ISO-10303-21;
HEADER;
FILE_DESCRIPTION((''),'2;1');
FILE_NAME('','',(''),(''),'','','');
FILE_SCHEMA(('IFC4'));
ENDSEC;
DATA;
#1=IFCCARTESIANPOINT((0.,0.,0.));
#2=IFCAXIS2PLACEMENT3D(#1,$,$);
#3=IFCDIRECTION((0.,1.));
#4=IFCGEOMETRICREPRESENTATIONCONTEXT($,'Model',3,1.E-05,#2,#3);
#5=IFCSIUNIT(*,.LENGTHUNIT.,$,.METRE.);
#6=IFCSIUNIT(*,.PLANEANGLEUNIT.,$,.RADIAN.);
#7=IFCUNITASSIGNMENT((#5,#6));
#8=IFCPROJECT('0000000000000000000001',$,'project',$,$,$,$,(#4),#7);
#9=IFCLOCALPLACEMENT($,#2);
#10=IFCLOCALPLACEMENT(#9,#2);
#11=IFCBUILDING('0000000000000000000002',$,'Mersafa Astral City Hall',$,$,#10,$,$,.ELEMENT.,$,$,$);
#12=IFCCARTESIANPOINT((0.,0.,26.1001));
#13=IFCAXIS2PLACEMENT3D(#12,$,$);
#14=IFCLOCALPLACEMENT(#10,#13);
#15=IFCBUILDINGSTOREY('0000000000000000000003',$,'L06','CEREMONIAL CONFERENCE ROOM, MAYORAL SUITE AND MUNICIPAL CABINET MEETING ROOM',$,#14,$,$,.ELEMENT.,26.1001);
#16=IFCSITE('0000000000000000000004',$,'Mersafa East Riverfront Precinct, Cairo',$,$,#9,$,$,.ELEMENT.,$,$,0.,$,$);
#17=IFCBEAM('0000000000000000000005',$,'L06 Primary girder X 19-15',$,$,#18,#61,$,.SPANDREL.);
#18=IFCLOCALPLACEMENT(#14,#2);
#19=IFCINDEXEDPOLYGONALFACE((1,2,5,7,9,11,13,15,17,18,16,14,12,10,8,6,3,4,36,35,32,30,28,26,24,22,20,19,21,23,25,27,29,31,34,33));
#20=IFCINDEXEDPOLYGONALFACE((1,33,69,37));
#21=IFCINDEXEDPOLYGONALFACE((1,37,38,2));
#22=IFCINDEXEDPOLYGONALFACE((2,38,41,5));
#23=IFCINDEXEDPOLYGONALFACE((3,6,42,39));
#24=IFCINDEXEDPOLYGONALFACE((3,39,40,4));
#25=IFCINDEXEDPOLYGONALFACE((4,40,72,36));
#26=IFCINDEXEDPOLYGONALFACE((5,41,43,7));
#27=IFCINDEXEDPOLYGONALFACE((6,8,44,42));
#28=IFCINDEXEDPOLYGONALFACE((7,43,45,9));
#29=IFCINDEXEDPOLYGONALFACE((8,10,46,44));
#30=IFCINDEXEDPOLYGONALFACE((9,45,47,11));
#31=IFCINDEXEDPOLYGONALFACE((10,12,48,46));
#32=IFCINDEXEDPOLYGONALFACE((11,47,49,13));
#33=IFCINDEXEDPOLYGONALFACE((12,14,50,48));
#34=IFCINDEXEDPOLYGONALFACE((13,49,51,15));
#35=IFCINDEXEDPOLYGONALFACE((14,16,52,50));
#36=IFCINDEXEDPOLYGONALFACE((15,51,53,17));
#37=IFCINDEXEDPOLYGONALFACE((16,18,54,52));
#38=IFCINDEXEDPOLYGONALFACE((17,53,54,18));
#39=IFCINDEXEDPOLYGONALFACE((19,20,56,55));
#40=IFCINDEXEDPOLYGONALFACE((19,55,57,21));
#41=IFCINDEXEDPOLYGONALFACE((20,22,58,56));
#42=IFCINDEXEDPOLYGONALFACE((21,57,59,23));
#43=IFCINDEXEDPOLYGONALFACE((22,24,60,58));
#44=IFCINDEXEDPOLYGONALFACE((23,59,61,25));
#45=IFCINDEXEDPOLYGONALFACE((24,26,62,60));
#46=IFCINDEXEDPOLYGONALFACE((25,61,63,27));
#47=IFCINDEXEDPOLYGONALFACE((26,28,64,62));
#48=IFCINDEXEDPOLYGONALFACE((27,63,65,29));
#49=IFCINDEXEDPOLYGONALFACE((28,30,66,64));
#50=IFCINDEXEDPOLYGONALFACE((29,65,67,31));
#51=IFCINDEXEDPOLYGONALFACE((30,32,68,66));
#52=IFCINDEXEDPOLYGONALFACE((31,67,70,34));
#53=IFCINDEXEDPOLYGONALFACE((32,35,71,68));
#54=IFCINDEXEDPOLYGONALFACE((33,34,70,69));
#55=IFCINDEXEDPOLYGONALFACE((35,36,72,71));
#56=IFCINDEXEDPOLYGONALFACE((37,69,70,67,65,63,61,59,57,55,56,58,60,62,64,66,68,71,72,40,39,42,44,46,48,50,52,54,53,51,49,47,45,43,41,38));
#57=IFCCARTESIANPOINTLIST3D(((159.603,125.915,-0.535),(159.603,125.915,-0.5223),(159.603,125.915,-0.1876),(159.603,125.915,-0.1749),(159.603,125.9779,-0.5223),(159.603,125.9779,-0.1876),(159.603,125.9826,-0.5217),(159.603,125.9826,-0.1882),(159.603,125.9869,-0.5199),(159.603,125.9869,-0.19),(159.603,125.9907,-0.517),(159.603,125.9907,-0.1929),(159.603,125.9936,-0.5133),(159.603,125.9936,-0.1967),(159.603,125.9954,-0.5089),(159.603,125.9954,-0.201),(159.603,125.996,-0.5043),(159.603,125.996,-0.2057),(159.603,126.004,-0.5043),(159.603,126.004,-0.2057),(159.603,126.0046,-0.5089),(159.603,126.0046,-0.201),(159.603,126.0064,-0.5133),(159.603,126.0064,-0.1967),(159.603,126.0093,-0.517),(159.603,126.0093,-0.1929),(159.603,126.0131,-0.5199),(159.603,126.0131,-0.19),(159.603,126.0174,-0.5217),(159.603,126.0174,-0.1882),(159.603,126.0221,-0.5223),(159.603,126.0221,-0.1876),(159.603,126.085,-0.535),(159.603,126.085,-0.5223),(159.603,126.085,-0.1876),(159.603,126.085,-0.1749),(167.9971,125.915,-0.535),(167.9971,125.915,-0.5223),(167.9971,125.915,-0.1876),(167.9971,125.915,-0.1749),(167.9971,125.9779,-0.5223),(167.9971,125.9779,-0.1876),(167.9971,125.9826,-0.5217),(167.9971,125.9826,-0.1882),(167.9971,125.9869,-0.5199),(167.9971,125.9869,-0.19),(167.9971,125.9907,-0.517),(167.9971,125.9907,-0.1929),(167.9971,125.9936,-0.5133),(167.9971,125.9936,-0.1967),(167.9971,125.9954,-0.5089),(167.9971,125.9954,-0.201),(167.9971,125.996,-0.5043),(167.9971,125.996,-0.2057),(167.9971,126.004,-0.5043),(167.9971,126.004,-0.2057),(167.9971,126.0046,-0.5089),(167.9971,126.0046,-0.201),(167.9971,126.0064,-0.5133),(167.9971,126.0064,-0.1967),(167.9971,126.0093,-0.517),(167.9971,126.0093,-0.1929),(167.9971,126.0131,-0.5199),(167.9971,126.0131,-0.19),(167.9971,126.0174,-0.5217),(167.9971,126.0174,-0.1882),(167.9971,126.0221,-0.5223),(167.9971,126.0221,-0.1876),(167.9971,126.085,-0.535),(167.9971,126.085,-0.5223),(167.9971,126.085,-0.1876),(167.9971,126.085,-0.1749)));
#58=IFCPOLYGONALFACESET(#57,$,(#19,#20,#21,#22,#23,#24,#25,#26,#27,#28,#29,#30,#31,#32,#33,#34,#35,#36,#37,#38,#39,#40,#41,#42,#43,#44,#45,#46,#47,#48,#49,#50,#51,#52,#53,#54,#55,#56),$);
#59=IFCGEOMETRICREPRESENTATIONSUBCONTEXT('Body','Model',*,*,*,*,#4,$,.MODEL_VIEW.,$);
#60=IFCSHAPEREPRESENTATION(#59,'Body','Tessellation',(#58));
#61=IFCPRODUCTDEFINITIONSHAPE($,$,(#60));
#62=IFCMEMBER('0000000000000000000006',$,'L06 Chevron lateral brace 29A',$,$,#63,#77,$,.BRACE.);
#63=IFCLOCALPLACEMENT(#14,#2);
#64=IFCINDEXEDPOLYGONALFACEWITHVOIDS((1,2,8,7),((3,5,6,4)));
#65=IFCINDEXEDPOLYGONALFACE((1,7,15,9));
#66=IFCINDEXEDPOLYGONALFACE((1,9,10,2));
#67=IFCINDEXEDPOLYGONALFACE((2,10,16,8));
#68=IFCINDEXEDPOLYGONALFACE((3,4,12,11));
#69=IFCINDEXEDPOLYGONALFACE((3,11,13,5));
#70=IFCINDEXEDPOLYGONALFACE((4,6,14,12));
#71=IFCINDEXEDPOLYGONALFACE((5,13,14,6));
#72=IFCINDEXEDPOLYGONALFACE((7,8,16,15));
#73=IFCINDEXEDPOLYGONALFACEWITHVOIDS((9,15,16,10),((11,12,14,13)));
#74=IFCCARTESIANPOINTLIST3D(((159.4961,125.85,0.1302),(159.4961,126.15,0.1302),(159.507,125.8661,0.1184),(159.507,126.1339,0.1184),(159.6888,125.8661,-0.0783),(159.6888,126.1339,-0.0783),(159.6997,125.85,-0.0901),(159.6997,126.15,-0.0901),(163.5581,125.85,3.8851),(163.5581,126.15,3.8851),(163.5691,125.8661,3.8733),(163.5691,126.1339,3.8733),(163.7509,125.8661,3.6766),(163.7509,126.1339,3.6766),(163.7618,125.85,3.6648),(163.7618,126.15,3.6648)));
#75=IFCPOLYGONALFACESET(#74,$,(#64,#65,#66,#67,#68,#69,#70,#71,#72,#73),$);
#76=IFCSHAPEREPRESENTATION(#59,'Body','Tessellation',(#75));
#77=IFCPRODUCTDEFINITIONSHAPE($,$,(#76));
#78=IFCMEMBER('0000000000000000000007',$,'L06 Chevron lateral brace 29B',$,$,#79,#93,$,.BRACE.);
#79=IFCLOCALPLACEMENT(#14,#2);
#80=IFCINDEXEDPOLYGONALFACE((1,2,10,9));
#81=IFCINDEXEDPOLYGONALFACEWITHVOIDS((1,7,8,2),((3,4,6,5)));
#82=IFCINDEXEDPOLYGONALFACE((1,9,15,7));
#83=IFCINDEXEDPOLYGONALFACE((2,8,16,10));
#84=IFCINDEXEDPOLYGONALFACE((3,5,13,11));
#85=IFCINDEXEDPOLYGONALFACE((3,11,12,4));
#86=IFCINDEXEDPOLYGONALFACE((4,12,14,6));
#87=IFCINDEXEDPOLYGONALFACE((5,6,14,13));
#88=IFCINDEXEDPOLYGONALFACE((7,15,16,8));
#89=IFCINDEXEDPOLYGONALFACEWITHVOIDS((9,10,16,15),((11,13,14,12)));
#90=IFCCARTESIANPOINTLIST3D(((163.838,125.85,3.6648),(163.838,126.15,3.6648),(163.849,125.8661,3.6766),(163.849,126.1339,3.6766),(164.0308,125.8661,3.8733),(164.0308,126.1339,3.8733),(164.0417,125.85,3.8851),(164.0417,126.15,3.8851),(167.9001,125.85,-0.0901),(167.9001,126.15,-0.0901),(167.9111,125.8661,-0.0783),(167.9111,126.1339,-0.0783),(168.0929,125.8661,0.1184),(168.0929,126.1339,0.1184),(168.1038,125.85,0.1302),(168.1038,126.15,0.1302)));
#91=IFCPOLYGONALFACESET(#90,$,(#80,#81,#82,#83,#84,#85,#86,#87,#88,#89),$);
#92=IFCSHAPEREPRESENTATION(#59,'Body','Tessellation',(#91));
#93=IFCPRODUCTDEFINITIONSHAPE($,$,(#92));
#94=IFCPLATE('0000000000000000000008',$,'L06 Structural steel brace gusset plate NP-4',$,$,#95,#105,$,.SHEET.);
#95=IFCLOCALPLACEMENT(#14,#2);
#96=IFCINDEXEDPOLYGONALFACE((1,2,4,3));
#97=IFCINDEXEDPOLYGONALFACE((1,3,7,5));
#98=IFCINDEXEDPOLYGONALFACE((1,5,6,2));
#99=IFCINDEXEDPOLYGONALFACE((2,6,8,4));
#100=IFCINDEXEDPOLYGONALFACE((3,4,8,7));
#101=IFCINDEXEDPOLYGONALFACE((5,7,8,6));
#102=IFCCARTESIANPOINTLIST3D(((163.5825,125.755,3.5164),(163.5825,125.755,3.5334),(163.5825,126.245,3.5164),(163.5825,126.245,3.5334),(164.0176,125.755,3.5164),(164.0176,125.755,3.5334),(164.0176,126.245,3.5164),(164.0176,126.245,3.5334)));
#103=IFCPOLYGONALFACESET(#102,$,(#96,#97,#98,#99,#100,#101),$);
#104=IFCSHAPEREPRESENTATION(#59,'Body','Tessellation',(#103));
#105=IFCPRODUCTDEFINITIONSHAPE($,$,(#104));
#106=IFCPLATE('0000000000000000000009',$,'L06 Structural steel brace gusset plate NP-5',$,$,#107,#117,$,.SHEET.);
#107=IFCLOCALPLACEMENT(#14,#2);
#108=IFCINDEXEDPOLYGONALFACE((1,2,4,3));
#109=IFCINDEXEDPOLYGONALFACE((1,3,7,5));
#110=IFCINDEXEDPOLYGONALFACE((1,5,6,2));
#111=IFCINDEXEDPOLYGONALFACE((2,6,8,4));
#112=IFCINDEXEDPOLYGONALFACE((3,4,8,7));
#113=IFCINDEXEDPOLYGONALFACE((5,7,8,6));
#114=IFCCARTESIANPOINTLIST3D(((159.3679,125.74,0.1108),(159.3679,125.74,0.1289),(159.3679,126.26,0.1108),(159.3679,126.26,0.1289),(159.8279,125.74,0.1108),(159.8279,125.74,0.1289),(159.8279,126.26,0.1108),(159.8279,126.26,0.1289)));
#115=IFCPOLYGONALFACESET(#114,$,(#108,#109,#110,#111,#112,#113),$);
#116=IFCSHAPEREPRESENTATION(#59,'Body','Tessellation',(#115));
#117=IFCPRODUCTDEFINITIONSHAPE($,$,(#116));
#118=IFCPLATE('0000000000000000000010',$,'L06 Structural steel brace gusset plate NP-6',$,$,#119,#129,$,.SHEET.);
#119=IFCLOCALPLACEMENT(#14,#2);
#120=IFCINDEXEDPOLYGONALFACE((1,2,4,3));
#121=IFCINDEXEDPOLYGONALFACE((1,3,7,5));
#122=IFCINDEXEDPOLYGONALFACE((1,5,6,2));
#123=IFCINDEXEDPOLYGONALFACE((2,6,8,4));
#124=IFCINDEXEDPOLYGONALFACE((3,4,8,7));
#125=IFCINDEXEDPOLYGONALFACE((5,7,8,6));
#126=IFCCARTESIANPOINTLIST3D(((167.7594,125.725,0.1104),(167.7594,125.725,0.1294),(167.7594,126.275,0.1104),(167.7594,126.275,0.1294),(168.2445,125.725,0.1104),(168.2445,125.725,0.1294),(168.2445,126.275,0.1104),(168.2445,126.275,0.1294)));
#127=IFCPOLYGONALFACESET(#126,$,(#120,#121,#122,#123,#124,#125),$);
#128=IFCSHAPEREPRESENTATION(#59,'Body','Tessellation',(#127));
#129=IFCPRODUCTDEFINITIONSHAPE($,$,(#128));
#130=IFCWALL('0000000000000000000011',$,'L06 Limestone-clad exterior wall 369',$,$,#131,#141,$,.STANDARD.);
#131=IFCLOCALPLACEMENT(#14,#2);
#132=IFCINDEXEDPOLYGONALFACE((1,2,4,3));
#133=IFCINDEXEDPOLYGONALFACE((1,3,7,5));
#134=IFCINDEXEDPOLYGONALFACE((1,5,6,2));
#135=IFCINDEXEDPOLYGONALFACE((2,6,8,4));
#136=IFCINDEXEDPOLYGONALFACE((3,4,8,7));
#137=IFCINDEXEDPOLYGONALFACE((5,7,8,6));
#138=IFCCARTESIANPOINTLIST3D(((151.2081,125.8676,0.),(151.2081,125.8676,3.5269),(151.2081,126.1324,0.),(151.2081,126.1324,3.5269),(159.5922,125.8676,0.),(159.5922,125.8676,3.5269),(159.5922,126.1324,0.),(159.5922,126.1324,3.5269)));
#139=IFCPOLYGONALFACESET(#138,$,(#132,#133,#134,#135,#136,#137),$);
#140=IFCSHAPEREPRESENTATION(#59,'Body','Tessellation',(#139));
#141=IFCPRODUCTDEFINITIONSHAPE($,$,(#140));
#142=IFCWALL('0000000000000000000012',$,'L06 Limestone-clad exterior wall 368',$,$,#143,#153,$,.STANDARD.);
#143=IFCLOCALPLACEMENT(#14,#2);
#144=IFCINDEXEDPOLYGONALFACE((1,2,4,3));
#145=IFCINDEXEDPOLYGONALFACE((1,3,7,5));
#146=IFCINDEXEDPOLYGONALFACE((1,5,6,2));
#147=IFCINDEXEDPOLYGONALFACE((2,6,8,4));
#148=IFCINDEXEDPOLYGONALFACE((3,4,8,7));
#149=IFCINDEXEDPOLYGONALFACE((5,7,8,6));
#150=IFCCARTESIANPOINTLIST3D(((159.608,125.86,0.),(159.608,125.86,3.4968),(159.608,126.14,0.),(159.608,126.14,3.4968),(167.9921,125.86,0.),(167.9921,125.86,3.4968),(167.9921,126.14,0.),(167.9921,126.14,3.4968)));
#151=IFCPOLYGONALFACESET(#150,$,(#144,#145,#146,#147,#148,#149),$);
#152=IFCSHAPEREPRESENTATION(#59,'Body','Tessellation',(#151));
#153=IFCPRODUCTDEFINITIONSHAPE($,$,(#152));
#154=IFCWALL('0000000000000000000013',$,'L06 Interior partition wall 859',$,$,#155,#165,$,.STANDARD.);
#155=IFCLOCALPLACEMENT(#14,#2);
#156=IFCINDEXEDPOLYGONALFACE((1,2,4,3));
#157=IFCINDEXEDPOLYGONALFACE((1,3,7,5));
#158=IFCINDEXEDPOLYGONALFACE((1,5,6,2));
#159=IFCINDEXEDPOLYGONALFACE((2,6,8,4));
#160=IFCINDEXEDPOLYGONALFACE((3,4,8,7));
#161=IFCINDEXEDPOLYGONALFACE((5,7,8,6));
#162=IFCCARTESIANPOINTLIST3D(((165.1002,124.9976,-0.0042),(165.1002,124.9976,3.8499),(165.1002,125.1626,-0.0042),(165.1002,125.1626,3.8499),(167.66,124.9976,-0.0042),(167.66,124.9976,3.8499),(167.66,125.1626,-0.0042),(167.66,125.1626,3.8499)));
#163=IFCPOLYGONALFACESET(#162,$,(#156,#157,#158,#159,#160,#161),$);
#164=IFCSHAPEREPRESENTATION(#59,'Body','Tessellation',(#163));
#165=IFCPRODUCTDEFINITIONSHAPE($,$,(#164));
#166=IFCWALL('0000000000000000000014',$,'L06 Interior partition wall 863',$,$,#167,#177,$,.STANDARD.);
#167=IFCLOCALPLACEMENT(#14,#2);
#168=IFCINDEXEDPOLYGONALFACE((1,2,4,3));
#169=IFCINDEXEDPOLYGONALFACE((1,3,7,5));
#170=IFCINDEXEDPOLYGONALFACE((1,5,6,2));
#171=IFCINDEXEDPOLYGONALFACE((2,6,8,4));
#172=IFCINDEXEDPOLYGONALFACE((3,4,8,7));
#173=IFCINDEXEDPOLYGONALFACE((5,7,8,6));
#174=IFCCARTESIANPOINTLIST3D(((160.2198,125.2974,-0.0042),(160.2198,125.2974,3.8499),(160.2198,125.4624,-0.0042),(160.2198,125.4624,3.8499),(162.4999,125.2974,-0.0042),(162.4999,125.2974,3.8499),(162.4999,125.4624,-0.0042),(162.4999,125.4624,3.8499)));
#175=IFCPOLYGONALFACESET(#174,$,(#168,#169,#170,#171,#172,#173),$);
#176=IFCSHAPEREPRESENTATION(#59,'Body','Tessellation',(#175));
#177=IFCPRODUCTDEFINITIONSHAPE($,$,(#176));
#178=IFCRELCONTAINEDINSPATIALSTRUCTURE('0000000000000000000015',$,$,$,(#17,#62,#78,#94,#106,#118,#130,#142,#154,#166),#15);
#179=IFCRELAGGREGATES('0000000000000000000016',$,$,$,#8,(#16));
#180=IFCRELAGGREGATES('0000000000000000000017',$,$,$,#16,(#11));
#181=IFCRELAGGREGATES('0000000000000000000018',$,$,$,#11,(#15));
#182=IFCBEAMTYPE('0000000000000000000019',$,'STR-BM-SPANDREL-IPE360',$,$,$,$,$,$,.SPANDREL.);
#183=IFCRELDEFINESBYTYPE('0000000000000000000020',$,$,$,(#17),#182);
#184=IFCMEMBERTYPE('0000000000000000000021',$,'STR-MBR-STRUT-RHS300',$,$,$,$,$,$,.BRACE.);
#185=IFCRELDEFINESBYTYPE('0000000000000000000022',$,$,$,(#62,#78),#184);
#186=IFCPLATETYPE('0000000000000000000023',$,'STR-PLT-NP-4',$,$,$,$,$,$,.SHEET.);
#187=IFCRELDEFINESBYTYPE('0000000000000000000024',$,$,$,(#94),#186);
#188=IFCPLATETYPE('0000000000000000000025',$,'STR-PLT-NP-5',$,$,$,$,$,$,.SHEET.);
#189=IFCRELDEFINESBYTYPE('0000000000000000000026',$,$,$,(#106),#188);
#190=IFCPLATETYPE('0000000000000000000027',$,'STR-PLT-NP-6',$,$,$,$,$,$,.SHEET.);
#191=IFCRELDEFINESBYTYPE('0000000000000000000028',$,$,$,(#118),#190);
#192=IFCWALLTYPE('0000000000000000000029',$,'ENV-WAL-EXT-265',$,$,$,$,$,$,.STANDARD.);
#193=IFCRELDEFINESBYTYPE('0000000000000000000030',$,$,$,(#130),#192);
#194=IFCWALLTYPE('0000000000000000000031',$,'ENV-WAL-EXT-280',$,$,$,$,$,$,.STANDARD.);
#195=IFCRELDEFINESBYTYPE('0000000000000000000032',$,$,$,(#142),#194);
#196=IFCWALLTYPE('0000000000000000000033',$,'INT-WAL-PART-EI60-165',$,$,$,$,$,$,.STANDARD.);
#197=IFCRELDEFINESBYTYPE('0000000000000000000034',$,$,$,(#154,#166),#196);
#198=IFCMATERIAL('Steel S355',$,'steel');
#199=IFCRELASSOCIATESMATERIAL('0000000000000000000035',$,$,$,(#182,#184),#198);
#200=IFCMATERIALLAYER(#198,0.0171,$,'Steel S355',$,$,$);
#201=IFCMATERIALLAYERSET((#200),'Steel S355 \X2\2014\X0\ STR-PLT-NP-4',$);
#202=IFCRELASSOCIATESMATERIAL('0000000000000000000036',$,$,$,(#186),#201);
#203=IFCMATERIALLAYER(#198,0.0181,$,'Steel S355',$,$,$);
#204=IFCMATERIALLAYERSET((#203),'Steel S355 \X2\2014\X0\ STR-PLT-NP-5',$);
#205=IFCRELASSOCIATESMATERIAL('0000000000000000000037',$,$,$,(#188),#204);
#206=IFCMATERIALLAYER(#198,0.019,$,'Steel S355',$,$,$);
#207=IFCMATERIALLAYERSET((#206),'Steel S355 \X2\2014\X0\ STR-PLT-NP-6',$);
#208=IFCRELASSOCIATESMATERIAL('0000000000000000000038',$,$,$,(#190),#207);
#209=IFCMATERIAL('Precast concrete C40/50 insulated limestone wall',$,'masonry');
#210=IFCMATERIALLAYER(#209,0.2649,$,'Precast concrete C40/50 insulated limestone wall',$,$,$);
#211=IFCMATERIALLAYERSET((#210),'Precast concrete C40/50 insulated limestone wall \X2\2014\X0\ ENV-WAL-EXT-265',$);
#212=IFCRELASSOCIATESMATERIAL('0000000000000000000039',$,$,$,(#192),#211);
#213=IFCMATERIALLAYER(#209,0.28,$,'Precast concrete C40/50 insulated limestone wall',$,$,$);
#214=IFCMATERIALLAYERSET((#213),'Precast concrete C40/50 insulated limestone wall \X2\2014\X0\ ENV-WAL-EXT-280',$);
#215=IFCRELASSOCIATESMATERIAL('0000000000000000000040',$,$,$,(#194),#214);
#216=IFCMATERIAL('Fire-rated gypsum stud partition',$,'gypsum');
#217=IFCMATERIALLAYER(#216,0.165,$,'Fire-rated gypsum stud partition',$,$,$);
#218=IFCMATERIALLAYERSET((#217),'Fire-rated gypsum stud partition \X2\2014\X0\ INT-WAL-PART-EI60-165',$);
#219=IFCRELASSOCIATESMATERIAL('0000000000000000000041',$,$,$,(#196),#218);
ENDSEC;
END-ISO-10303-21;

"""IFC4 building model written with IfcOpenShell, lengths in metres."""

from ifc_helpers import new_model, si_unit, direction, frame, frame_2d, origin, origin_2d, place, context, subcontext, project, spatial, rectangle, hollow_rectangle, i_section, extrude, material, layer, layer_set, material_profile, profile_set, type_object, element, save


model = new_model("IFC4")

# Units and contexts
model_context = context("Model", 3, precision=1e-05, world=origin(), true_north=direction((0.0, 1.0)))
body_context = subcontext(model_context, "Body", "Model", "MODEL_VIEW")
ifc_project = project(units=[si_unit("LENGTHUNIT", "METRE"), si_unit("PLANEANGLEUNIT", "RADIAN")], contexts=[model_context])

# Site, building, storey
site_placement = place(None, origin())
site = spatial("IfcSite", under=ifc_project, at=site_placement, Name="Mersafa East Riverfront Precinct, Cairo", CompositionType="ELEMENT", RefElevation=0.0)
building_placement = place(site_placement, origin())
building = spatial("IfcBuilding", under=site, at=building_placement, Name="Mersafa Astral City Hall", CompositionType="ELEMENT")
storey_placement = place(building_placement, frame((0.0, 0.0, 26.1001)))
storey = spatial("IfcBuildingStorey", under=building, at=storey_placement, Name="L06", Description="CEREMONIAL CONFERENCE ROOM, MAYORAL SUITE AND MUNICIPAL CABINET MEETING ROOM", CompositionType="ELEMENT", Elevation=26.1001)

# Shared definitions
ifc_material_1 = material(Name="Steel S355", Category="steel")

# Beam
ifc_material_profile_1 = material_profile(ifc_material_1, i_section(OverallWidth=0.1699, OverallDepth=0.3601, WebThickness=0.0081, FlangeThickness=0.0127, FilletRadius=0.0181, at=origin_2d()), Name="IPE 360")
ifc_profile_set_1 = profile_set([ifc_material_profile_1], Name="Steel S355")
beam_type_1 = type_object("IfcBeamType", Name="STR-BM-SPANDREL-IPE360", PredefinedType="SPANDREL", material=ifc_profile_set_1)
beam_1_placement = place(storey_placement, frame((159.603, 126.0, -0.355), z_axis=(1.0, 0.0, 0.0), x_axis=(0.0, 1.0, 0.0)))
element("IfcBeam", 1, at=beam_1_placement, inside=storey, type_object=beam_type_1, Name="L06 Primary girder X 19-15", PredefinedType="SPANDREL", context=body_context, shape_type="SweptSolid", body=[
    extrude(i_section(OverallWidth=0.1699, OverallDepth=0.3601, WebThickness=0.0081, FlangeThickness=0.0127, FilletRadius=0.0181, at=origin_2d()), origin(), (0.0, 0.0, 1.0), 8.394),
])

# Members
ifc_material_profile_2 = material_profile(ifc_material_1, hollow_rectangle(XDim=0.3, YDim=0.3, WallThickness=0.0161, at=origin_2d()), Name="RHS 300x300x16")
ifc_profile_set_2 = profile_set([ifc_material_profile_2], Name="Steel S355")
member_type = type_object("IfcMemberType", Name="STR-MBR-STRUT-RHS300", PredefinedType="BRACE", material=ifc_profile_set_2)
for number, where, z_axis, x_axis, name in (
    (2, (159.5979, 126.0, 0.02), (0.734323, 0.0, 0.678801), (0.0, 1.0, 0.0), "L06 Chevron lateral brace 29A"),
    (3, (168.002, 126.0, 0.02), (-0.734323, 0.0, 0.678801), (0.0, -1.0, 0.0), "L06 Chevron lateral brace 29B"),
):
    element("IfcMember", number, at=place(storey_placement, frame(where, z_axis=z_axis, x_axis=x_axis)), inside=storey, type_object=member_type, Name=name, PredefinedType="BRACE", context=body_context, shape_type="SweptSolid", body=[
        extrude(hollow_rectangle(XDim=0.3, YDim=0.3, WallThickness=0.0161, at=origin_2d()), origin(), (0.0, 0.0, 1.0), 5.5317),
    ])

# Plates
ifc_layer_1 = layer(ifc_material_1, 0.0171, Name="Steel S355")
ifc_layer_set_1 = layer_set([ifc_layer_1], Name="Steel S355 — STR-PLT-NP-4")
plate_type_1 = type_object("IfcPlateType", Name="STR-PLT-NP-4", PredefinedType="SHEET", material=ifc_layer_set_1)
plate_1_placement = place(storey_placement, frame((163.8, 126.0, 3.5164), z_axis=(0.0, 0.0, 1.0), x_axis=(1.0, 0.0, 0.0)))
element("IfcPlate", 4, at=plate_1_placement, inside=storey, type_object=plate_type_1, Name="L06 Structural steel brace gusset plate NP-4", PredefinedType="SHEET", context=body_context, shape_type="SweptSolid", body=[
    extrude(rectangle(XDim=0.4351, YDim=0.49, at=origin_2d()), origin(), (0.0, 0.0, 1.0), 0.0171),
])
ifc_layer_2 = layer(ifc_material_1, 0.0181, Name="Steel S355")
ifc_layer_set_2 = layer_set([ifc_layer_2], Name="Steel S355 — STR-PLT-NP-5")
plate_type_2 = type_object("IfcPlateType", Name="STR-PLT-NP-5", PredefinedType="SHEET", material=ifc_layer_set_2)
plate_2_placement = place(storey_placement, frame((159.5979, 126.0, 0.1108), z_axis=(0.0, 0.0, 1.0), x_axis=(1.0, 0.0, 0.0)))
element("IfcPlate", 5, at=plate_2_placement, inside=storey, type_object=plate_type_2, Name="L06 Structural steel brace gusset plate NP-5", PredefinedType="SHEET", context=body_context, shape_type="SweptSolid", body=[
    extrude(rectangle(XDim=0.46, YDim=0.52, at=origin_2d()), origin(), (0.0, 0.0, 1.0), 0.0181),
])
ifc_layer_3 = layer(ifc_material_1, 0.019, Name="Steel S355")
ifc_layer_set_3 = layer_set([ifc_layer_3], Name="Steel S355 — STR-PLT-NP-6")
plate_type_3 = type_object("IfcPlateType", Name="STR-PLT-NP-6", PredefinedType="SHEET", material=ifc_layer_set_3)
plate_3_placement = place(storey_placement, frame((168.002, 126.0, 0.1104), z_axis=(0.0, 0.0, 1.0), x_axis=(1.0, 0.0, 0.0)))
element("IfcPlate", 6, at=plate_3_placement, inside=storey, type_object=plate_type_3, Name="L06 Structural steel brace gusset plate NP-6", PredefinedType="SHEET", context=body_context, shape_type="SweptSolid", body=[
    extrude(rectangle(XDim=0.4851, YDim=0.55, at=origin_2d()), origin(), (0.0, 0.0, 1.0), 0.019),
])

# Walls
ifc_material_2 = material(Name="Precast concrete C40/50 insulated limestone wall", Category="masonry")
ifc_layer_4 = layer(ifc_material_2, 0.2649, Name="Precast concrete C40/50 insulated limestone wall")
ifc_layer_set_4 = layer_set([ifc_layer_4], Name="Precast concrete C40/50 insulated limestone wall — ENV-WAL-EXT-265")
wall_type_1 = type_object("IfcWallType", Name="ENV-WAL-EXT-265", PredefinedType="STANDARD", material=ifc_layer_set_4)
wall_1_placement = place(storey_placement, frame((159.592, 126.0, 0.0), z_axis=(0.0, 0.0, 1.0), x_axis=(-1.0, 0.0, 0.0)))
element("IfcWall", 7, at=wall_1_placement, inside=storey, type_object=wall_type_1, Name="L06 Limestone-clad exterior wall 369", PredefinedType="STANDARD", context=body_context, shape_type="SweptSolid", body=[
    extrude(rectangle(XDim=8.384, YDim=0.2649, at=frame_2d((4.1919, 0.0))), origin(), (0.0, 0.0, 1.0), 3.5269),
])
ifc_layer_5 = layer(ifc_material_2, 0.28, Name="Precast concrete C40/50 insulated limestone wall")
ifc_layer_set_5 = layer_set([ifc_layer_5], Name="Precast concrete C40/50 insulated limestone wall — ENV-WAL-EXT-280")
wall_type_2 = type_object("IfcWallType", Name="ENV-WAL-EXT-280", PredefinedType="STANDARD", material=ifc_layer_set_5)
wall_2_placement = place(storey_placement, frame((167.9919, 126.0, 0.0), z_axis=(0.0, 0.0, 1.0), x_axis=(-1.0, 0.0, 0.0)))
element("IfcWall", 8, at=wall_2_placement, inside=storey, type_object=wall_type_2, Name="L06 Limestone-clad exterior wall 368", PredefinedType="STANDARD", context=body_context, shape_type="SweptSolid", body=[
    extrude(rectangle(XDim=8.384, YDim=0.28, at=frame_2d((4.1919, 0.0))), origin(), (0.0, 0.0, 1.0), 3.4968),
])
ifc_material_3 = material(Name="Fire-rated gypsum stud partition", Category="gypsum")
ifc_layer_6 = layer(ifc_material_3, 0.165, Name="Fire-rated gypsum stud partition")
ifc_layer_set_6 = layer_set([ifc_layer_6], Name="Fire-rated gypsum stud partition — INT-WAL-PART-EI60-165")
wall_type_3 = type_object("IfcWallType", Name="INT-WAL-PART-EI60-165", PredefinedType="STANDARD", material=ifc_layer_set_6)
wall_3_placement = place(storey_placement, frame((167.6599, 125.0801, -0.0042), z_axis=(0.0, 0.0, 1.0), x_axis=(-1.0, 0.0, 0.0)))
element("IfcWall", 9, at=wall_3_placement, inside=storey, type_object=wall_type_3, Name="L06 Interior partition wall 859", PredefinedType="STANDARD", context=body_context, shape_type="SweptSolid", body=[
    extrude(rectangle(XDim=2.5598, YDim=0.165, at=frame_2d((1.2798, 0.0))), origin(), (0.0, 0.0, 1.0), 3.854),
])
wall_4_placement = place(storey_placement, frame((162.5, 125.3799, -0.0042), z_axis=(0.0, 0.0, 1.0), x_axis=(-1.0, 0.0, 0.0)))
element("IfcWall", 10, at=wall_4_placement, inside=storey, type_object=wall_type_3, Name="L06 Interior partition wall 863", PredefinedType="STANDARD", context=body_context, shape_type="SweptSolid", body=[
    extrude(rectangle(XDim=2.28, YDim=0.165, at=frame_2d((1.1401, 0.0))), origin(), (0.0, 0.0, 1.0), 3.854),
])

save(model, "model.ifc")
